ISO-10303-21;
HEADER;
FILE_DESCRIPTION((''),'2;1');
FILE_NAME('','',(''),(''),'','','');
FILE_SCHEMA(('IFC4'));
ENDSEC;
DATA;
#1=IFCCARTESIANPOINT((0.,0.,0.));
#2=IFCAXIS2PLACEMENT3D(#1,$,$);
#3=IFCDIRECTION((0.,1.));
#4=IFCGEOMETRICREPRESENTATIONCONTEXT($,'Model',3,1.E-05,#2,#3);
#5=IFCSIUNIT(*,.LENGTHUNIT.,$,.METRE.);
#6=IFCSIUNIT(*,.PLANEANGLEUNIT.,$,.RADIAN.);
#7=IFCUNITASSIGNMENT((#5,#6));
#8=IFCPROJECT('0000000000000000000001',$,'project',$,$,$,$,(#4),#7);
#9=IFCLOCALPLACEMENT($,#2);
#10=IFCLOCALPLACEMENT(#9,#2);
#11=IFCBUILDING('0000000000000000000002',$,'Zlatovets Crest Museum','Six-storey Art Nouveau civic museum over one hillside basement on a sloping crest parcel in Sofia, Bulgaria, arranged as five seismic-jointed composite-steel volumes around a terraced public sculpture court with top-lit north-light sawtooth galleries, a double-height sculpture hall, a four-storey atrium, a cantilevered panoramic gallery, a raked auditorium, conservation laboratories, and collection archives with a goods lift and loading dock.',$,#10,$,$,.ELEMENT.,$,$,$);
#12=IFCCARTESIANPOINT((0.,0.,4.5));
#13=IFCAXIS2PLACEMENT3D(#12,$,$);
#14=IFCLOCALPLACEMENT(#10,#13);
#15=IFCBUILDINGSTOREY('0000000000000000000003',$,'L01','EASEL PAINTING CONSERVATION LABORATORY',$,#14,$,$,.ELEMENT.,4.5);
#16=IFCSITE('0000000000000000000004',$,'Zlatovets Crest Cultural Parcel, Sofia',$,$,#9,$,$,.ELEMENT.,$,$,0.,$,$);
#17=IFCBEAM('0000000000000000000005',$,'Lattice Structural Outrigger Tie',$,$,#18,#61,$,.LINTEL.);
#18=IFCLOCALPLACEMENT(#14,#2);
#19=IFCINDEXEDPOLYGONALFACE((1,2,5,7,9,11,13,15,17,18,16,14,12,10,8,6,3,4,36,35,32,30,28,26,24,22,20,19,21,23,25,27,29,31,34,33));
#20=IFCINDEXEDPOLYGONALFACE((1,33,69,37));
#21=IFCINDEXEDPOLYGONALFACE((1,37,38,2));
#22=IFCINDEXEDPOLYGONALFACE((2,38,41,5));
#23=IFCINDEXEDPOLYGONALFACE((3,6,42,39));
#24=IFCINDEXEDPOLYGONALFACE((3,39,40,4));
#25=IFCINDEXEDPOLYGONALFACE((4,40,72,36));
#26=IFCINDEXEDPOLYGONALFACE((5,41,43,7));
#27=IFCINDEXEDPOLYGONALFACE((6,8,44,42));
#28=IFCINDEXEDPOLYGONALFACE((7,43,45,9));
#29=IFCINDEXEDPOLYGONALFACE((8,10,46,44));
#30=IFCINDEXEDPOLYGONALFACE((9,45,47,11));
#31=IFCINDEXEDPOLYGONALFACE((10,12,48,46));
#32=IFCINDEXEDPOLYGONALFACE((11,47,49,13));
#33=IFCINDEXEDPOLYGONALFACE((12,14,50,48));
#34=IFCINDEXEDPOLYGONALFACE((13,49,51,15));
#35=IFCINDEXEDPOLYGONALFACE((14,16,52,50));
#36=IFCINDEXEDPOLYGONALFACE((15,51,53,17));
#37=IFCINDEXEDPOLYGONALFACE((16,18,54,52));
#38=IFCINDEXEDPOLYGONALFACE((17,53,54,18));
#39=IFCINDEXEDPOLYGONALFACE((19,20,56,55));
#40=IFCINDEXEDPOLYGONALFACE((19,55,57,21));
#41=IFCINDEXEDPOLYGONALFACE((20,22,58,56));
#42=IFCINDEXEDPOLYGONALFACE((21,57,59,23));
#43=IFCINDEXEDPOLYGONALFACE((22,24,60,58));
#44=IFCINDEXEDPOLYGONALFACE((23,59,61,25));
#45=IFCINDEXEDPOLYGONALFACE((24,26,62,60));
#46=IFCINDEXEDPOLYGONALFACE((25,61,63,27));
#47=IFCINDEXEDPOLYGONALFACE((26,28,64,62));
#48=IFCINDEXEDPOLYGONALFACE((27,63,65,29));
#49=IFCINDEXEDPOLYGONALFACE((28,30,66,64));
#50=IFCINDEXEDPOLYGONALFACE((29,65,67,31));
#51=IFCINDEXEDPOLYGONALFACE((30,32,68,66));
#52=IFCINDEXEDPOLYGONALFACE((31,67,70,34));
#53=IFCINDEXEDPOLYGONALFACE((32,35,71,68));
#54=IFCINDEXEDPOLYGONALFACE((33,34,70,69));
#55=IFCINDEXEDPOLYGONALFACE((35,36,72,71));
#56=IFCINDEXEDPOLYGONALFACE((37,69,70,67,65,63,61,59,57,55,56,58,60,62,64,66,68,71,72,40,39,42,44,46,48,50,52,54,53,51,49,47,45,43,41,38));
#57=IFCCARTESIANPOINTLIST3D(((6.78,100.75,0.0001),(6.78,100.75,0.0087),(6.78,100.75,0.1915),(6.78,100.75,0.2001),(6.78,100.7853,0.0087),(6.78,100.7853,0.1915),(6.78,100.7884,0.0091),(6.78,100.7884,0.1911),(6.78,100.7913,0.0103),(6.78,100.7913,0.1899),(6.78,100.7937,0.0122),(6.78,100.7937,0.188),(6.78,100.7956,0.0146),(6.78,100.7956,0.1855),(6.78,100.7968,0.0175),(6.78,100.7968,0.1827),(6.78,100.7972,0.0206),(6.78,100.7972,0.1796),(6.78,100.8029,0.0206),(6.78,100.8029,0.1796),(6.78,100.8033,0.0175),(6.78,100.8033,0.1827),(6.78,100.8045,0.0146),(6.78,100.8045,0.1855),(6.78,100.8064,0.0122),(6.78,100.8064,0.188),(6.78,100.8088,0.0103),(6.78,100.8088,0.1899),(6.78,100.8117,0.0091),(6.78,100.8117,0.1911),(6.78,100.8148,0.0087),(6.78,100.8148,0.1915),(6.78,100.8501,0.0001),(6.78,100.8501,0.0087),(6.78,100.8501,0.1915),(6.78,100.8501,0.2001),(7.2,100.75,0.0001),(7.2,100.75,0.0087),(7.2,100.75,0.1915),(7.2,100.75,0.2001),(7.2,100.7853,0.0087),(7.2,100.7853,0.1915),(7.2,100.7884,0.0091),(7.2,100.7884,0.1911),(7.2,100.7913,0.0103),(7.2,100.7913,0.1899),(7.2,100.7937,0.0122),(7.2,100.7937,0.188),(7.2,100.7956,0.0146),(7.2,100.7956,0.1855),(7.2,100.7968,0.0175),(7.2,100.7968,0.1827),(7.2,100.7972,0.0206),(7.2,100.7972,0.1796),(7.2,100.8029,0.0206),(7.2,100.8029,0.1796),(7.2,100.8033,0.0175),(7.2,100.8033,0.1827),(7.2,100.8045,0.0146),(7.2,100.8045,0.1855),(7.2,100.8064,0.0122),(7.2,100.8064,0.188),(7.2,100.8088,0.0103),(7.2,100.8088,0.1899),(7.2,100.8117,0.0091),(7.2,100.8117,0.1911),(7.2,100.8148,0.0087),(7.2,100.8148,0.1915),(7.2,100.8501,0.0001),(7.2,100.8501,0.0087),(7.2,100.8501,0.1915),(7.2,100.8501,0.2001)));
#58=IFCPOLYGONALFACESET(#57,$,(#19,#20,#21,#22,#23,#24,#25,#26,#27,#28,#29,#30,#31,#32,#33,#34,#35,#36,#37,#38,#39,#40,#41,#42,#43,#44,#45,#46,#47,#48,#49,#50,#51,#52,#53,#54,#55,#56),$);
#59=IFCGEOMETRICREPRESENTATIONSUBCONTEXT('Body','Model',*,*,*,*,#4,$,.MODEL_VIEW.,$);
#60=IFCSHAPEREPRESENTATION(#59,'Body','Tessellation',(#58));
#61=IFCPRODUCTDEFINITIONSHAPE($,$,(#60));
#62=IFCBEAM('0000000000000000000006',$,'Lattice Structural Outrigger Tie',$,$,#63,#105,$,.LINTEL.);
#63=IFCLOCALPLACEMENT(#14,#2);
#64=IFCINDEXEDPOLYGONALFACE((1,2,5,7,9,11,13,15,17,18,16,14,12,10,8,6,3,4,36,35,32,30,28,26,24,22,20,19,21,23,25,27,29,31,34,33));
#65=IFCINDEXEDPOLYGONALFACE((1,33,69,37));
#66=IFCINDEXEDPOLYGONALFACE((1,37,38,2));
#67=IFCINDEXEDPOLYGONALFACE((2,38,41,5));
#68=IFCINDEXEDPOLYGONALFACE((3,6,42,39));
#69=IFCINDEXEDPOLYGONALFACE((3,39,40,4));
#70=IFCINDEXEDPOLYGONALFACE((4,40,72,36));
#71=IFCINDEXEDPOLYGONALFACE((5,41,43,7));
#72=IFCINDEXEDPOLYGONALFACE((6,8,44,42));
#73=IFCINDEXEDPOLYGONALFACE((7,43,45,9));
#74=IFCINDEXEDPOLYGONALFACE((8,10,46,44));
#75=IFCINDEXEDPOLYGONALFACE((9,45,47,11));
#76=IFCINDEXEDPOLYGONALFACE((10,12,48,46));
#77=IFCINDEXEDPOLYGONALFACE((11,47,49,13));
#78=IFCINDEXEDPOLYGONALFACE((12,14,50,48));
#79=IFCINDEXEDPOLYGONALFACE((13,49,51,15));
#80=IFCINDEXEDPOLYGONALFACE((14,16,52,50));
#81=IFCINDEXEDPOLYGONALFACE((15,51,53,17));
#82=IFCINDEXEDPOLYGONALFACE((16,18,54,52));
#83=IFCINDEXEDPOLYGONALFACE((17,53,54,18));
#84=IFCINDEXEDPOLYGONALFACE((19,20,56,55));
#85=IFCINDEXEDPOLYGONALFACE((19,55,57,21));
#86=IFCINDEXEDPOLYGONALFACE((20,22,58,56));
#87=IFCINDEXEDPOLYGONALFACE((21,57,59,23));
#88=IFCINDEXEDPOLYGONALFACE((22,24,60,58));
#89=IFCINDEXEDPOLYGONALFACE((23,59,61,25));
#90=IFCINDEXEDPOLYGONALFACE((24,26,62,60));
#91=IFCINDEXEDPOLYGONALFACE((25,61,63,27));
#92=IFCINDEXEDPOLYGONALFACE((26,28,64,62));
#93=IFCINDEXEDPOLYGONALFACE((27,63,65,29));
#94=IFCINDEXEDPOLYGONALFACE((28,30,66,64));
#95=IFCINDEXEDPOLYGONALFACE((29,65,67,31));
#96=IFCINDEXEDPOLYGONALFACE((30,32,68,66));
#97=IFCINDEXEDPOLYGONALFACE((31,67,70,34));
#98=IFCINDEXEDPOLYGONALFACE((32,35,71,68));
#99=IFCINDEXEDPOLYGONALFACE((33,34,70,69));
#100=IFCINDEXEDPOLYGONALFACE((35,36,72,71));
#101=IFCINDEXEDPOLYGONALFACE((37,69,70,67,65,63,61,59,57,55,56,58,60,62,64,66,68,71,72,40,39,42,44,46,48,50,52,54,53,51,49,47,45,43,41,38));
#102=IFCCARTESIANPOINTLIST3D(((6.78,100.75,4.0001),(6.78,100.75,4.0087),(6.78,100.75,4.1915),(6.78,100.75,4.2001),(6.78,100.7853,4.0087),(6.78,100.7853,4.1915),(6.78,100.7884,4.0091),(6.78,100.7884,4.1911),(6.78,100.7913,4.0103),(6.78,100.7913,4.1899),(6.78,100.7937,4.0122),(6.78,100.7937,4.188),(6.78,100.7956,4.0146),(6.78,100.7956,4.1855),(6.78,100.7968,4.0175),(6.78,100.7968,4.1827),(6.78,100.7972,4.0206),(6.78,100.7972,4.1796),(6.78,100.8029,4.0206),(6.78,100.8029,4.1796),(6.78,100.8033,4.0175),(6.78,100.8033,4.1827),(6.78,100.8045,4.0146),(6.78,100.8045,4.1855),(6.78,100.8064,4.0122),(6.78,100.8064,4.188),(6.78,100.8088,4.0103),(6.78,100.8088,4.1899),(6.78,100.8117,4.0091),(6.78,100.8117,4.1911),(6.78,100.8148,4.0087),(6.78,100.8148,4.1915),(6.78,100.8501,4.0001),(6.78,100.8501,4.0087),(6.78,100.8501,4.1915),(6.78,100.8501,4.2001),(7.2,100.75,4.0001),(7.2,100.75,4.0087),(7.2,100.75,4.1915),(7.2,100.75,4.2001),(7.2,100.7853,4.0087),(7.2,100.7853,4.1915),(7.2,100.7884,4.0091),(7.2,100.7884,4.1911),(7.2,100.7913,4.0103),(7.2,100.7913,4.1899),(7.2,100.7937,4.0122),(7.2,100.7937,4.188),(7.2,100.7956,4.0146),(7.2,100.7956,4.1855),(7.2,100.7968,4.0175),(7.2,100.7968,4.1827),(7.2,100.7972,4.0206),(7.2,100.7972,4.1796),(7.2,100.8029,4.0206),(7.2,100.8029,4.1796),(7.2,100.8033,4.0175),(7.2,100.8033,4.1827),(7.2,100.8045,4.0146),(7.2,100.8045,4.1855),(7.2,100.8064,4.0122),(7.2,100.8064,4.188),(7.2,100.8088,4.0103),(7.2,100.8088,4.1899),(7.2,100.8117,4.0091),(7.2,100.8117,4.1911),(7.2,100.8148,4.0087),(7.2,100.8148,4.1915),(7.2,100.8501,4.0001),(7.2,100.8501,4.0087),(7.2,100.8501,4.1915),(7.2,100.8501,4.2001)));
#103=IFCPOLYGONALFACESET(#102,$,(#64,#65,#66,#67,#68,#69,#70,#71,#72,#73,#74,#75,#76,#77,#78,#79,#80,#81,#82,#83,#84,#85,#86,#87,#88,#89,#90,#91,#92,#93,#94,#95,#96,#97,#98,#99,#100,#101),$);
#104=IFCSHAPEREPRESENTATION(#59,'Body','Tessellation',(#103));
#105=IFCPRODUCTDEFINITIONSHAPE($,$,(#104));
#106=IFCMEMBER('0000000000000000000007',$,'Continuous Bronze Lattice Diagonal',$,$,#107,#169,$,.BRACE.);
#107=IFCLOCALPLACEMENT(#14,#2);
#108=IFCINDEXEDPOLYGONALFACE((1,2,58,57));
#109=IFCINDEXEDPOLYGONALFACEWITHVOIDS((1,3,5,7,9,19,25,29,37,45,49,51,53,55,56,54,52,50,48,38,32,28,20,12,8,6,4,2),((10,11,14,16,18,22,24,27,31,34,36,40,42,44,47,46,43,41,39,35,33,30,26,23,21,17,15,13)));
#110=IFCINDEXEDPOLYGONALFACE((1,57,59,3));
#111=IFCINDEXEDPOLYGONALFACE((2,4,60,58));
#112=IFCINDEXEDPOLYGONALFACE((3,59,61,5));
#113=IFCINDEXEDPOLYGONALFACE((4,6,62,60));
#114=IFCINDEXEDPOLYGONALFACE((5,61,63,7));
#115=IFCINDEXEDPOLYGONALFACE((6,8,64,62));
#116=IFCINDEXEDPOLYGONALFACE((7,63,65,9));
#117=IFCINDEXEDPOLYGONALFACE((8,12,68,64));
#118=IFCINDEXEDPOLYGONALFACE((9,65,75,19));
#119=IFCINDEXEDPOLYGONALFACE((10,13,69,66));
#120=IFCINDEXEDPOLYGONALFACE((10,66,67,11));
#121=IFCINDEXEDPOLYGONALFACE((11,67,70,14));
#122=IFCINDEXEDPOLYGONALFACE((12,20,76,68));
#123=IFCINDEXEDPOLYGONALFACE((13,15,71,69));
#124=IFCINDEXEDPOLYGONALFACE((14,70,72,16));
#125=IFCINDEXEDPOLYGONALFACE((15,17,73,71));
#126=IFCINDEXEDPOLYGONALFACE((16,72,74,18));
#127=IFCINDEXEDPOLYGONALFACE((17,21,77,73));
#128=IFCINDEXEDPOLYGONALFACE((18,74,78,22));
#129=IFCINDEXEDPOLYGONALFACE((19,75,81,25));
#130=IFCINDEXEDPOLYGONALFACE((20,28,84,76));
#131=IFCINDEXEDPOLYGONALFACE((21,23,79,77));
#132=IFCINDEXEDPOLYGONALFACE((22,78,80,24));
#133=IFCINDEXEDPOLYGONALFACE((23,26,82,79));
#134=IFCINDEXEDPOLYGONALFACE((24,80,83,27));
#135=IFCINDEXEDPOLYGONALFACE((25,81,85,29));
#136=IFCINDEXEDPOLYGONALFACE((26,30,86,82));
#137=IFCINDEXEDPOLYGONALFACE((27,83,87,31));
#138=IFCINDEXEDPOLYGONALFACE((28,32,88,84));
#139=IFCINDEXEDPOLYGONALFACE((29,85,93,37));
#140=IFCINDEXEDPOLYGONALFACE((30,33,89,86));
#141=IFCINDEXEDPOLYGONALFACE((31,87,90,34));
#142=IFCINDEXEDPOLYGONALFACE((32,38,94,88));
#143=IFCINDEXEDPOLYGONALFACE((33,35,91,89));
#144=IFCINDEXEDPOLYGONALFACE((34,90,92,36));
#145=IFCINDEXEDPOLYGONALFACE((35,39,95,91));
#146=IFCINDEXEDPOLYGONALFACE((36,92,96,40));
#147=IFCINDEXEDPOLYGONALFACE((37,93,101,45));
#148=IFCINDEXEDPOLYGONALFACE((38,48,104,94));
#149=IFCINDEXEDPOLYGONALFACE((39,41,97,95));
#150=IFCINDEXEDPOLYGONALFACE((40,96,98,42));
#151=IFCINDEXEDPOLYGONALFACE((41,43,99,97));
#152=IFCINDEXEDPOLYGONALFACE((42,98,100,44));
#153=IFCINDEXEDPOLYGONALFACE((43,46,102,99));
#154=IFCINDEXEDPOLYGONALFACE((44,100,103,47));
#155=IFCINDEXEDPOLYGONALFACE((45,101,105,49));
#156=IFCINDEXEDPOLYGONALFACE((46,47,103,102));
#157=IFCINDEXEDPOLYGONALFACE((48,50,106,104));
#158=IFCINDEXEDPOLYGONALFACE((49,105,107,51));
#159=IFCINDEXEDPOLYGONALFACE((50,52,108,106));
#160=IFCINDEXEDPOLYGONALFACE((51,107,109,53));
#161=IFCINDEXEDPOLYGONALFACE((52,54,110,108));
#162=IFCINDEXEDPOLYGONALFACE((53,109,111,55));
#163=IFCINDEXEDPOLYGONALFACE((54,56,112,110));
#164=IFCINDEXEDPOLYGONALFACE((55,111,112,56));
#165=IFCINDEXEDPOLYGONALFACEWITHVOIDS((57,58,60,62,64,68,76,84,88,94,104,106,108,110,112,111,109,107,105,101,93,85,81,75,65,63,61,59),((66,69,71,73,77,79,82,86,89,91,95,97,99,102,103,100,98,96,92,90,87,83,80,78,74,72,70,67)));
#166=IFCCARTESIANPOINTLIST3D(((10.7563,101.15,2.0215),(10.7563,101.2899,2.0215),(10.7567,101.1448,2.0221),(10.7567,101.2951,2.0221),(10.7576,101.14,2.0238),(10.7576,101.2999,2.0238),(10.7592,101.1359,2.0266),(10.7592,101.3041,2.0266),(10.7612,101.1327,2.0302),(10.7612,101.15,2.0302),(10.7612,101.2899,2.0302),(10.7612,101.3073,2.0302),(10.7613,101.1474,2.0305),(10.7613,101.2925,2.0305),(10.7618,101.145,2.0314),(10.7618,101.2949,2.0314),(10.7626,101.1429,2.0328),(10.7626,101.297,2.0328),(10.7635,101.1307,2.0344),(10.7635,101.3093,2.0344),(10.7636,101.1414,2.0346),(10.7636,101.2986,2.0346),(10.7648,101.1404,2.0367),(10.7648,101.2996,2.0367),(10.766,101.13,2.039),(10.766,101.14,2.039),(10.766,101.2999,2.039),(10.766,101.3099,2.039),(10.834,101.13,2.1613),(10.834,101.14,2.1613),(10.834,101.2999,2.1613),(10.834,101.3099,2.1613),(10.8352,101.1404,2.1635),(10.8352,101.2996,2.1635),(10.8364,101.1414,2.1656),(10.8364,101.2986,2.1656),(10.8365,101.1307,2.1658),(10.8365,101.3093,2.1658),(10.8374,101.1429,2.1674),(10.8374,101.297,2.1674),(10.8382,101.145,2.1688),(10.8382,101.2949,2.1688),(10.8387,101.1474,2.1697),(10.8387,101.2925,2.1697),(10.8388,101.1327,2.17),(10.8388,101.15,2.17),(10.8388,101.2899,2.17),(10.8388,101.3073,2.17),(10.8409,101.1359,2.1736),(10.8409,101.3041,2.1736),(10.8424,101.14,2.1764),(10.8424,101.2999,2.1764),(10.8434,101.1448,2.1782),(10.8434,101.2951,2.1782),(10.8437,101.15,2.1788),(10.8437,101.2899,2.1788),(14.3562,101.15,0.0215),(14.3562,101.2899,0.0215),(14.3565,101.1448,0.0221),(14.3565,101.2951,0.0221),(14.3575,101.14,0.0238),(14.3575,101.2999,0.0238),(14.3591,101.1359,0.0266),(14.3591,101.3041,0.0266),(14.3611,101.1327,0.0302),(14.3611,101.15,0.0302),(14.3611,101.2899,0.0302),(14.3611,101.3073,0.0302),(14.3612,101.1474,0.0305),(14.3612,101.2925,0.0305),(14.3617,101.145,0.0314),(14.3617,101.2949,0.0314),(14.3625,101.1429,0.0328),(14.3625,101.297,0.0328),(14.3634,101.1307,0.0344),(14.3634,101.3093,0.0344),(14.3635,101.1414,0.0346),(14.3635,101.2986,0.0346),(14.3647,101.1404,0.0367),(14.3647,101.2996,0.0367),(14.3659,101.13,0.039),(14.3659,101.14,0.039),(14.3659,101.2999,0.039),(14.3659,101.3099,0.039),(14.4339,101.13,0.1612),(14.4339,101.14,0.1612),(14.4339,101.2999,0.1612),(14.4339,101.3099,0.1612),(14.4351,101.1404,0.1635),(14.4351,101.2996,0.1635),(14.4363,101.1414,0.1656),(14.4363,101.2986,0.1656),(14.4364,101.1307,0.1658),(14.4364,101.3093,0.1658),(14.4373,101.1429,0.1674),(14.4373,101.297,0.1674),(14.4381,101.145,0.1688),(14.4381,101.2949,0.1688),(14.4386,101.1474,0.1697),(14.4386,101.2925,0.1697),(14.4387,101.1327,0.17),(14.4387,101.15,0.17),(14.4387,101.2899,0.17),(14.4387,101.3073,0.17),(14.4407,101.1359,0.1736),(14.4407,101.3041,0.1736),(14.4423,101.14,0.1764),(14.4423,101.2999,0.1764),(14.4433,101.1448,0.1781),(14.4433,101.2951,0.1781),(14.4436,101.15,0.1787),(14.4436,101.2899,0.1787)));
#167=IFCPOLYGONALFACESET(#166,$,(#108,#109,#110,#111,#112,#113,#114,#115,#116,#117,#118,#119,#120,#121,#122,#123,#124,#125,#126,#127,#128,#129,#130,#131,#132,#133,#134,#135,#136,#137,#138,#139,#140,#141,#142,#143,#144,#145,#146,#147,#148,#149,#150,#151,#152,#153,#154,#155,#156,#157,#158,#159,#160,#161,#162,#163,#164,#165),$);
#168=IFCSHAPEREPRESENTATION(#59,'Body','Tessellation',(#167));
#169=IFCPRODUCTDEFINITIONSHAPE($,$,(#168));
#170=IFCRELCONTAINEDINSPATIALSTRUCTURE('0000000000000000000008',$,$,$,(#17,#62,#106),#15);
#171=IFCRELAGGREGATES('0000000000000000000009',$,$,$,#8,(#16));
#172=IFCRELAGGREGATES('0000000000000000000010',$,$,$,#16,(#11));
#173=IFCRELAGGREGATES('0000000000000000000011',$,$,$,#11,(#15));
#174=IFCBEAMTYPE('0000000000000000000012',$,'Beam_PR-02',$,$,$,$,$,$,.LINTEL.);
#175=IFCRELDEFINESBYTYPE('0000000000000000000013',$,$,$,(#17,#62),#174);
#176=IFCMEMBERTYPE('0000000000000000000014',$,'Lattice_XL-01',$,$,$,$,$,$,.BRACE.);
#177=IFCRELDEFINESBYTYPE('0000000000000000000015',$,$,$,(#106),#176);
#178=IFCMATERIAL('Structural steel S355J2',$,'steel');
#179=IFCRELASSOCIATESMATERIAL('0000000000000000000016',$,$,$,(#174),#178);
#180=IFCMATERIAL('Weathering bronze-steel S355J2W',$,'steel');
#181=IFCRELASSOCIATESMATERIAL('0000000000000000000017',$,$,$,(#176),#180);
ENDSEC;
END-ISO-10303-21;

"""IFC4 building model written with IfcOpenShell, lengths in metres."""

from ifc_helpers import new_model, si_unit, direction, frame, origin, origin_2d, place, context, subcontext, project, spatial, hollow_rectangle, i_section, extrude, material, material_profile, profile_set, type_object, element, save


model = new_model("IFC4")

# Units and contexts
model_context = context("Model", 3, precision=1e-05, world=origin(), true_north=direction((0.0, 1.0)))
body_context = subcontext(model_context, "Body", "Model", "MODEL_VIEW")
ifc_project = project(units=[si_unit("LENGTHUNIT", "METRE"), si_unit("PLANEANGLEUNIT", "RADIAN")], contexts=[model_context])

# Site, building, storey
site_placement = place(None, origin())
site = spatial("IfcSite", under=ifc_project, at=site_placement, Name="Zlatovets Crest Cultural Parcel, Sofia", CompositionType="ELEMENT", RefElevation=0.0)
building_placement = place(site_placement, origin())
building = spatial("IfcBuilding", under=site, at=building_placement, Name="Zlatovets Crest Museum", Description="Six-storey Art Nouveau civic museum over one hillside basement on a sloping crest parcel in Sofia, Bulgaria, arranged as five seismic-jointed composite-steel volumes around a terraced public sculpture court with top-lit north-light sawtooth galleries, a double-height sculpture hall, a four-storey atrium, a cantilevered panoramic gallery, a raked auditorium, conservation laboratories, and collection archives with a goods lift and loading dock.", CompositionType="ELEMENT")
storey_placement = place(building_placement, frame((0.0, 0.0, 4.5)))
storey = spatial("IfcBuildingStorey", under=building, at=storey_placement, Name="L01", Description="EASEL PAINTING CONSERVATION LABORATORY", CompositionType="ELEMENT", Elevation=4.5)

# Shared definitions
ifc_material_1 = material(Name="Structural steel S355J2", Category="steel")

# Beams
ifc_material_profile_1 = material_profile(ifc_material_1, i_section(OverallWidth=0.1001, OverallDepth=0.2, WebThickness=0.0056, FlangeThickness=0.0085, FilletRadius=0.012, at=origin_2d()), Name="IPE 200")
ifc_profile_set_1 = profile_set([ifc_material_profile_1], Name="Structural steel S355J2")
beam_type_1 = type_object("IfcBeamType", Name="Beam_PR-02", PredefinedType="LINTEL", material=ifc_profile_set_1)
for number, where, z_axis, x_axis, name in (
    (1, (7.2, 100.8, 0.1001), (-1.0, 0.0, 0.0), (0.0, -1.0, 0.0), "Lattice Structural Outrigger Tie"),
    (2, (7.2, 100.8, 4.1001), (-1.0, 0.0, 0.0), (0.0, -1.0, 0.0), "Lattice Structural Outrigger Tie"),
):
    element("IfcBeam", number, at=place(storey_placement, frame(where, z_axis=z_axis, x_axis=x_axis)), inside=storey, type_object=beam_type_1, Name=name, PredefinedType="LINTEL", context=body_context, shape_type="SweptSolid", body=[
        extrude(i_section(OverallWidth=0.1001, OverallDepth=0.2, WebThickness=0.0056, FlangeThickness=0.0085, FilletRadius=0.012, at=origin_2d()), origin(), (0.0, 0.0, 1.0), 0.4199),
    ])

# Member
ifc_material_2 = material(Name="Weathering bronze-steel S355J2W", Category="steel")
ifc_material_profile_2 = material_profile(ifc_material_2, hollow_rectangle(XDim=0.1799, YDim=0.1799, WallThickness=0.01, InnerFilletRadius=0.01, OuterFilletRadius=0.02, at=origin_2d()), Name="SHS 180x180x10.0")
ifc_profile_set_2 = profile_set([ifc_material_profile_2], Name="Weathering bronze-steel S355J2W")
member_type_1 = type_object("IfcMemberType", Name="Lattice_XL-01", PredefinedType="BRACE", material=ifc_profile_set_2)
member_1_placement = place(storey_placement, frame((14.3999, 101.22, 0.1001), z_axis=(-0.874149, 0.0, 0.485658), x_axis=(0.0, -1.0, 0.0)))
element("IfcMember", 3, at=member_1_placement, inside=storey, type_object=member_type_1, Name="Continuous Bronze Lattice Diagonal", PredefinedType="BRACE", context=body_context, shape_type="SweptSolid", body=[
    extrude(hollow_rectangle(XDim=0.1799, YDim=0.1799, WallThickness=0.01, InnerFilletRadius=0.01, OuterFilletRadius=0.02, at=origin_2d()), origin(), (0.0, 0.0, 1.0), 4.1182),
])

save(model, "model.ifc")
